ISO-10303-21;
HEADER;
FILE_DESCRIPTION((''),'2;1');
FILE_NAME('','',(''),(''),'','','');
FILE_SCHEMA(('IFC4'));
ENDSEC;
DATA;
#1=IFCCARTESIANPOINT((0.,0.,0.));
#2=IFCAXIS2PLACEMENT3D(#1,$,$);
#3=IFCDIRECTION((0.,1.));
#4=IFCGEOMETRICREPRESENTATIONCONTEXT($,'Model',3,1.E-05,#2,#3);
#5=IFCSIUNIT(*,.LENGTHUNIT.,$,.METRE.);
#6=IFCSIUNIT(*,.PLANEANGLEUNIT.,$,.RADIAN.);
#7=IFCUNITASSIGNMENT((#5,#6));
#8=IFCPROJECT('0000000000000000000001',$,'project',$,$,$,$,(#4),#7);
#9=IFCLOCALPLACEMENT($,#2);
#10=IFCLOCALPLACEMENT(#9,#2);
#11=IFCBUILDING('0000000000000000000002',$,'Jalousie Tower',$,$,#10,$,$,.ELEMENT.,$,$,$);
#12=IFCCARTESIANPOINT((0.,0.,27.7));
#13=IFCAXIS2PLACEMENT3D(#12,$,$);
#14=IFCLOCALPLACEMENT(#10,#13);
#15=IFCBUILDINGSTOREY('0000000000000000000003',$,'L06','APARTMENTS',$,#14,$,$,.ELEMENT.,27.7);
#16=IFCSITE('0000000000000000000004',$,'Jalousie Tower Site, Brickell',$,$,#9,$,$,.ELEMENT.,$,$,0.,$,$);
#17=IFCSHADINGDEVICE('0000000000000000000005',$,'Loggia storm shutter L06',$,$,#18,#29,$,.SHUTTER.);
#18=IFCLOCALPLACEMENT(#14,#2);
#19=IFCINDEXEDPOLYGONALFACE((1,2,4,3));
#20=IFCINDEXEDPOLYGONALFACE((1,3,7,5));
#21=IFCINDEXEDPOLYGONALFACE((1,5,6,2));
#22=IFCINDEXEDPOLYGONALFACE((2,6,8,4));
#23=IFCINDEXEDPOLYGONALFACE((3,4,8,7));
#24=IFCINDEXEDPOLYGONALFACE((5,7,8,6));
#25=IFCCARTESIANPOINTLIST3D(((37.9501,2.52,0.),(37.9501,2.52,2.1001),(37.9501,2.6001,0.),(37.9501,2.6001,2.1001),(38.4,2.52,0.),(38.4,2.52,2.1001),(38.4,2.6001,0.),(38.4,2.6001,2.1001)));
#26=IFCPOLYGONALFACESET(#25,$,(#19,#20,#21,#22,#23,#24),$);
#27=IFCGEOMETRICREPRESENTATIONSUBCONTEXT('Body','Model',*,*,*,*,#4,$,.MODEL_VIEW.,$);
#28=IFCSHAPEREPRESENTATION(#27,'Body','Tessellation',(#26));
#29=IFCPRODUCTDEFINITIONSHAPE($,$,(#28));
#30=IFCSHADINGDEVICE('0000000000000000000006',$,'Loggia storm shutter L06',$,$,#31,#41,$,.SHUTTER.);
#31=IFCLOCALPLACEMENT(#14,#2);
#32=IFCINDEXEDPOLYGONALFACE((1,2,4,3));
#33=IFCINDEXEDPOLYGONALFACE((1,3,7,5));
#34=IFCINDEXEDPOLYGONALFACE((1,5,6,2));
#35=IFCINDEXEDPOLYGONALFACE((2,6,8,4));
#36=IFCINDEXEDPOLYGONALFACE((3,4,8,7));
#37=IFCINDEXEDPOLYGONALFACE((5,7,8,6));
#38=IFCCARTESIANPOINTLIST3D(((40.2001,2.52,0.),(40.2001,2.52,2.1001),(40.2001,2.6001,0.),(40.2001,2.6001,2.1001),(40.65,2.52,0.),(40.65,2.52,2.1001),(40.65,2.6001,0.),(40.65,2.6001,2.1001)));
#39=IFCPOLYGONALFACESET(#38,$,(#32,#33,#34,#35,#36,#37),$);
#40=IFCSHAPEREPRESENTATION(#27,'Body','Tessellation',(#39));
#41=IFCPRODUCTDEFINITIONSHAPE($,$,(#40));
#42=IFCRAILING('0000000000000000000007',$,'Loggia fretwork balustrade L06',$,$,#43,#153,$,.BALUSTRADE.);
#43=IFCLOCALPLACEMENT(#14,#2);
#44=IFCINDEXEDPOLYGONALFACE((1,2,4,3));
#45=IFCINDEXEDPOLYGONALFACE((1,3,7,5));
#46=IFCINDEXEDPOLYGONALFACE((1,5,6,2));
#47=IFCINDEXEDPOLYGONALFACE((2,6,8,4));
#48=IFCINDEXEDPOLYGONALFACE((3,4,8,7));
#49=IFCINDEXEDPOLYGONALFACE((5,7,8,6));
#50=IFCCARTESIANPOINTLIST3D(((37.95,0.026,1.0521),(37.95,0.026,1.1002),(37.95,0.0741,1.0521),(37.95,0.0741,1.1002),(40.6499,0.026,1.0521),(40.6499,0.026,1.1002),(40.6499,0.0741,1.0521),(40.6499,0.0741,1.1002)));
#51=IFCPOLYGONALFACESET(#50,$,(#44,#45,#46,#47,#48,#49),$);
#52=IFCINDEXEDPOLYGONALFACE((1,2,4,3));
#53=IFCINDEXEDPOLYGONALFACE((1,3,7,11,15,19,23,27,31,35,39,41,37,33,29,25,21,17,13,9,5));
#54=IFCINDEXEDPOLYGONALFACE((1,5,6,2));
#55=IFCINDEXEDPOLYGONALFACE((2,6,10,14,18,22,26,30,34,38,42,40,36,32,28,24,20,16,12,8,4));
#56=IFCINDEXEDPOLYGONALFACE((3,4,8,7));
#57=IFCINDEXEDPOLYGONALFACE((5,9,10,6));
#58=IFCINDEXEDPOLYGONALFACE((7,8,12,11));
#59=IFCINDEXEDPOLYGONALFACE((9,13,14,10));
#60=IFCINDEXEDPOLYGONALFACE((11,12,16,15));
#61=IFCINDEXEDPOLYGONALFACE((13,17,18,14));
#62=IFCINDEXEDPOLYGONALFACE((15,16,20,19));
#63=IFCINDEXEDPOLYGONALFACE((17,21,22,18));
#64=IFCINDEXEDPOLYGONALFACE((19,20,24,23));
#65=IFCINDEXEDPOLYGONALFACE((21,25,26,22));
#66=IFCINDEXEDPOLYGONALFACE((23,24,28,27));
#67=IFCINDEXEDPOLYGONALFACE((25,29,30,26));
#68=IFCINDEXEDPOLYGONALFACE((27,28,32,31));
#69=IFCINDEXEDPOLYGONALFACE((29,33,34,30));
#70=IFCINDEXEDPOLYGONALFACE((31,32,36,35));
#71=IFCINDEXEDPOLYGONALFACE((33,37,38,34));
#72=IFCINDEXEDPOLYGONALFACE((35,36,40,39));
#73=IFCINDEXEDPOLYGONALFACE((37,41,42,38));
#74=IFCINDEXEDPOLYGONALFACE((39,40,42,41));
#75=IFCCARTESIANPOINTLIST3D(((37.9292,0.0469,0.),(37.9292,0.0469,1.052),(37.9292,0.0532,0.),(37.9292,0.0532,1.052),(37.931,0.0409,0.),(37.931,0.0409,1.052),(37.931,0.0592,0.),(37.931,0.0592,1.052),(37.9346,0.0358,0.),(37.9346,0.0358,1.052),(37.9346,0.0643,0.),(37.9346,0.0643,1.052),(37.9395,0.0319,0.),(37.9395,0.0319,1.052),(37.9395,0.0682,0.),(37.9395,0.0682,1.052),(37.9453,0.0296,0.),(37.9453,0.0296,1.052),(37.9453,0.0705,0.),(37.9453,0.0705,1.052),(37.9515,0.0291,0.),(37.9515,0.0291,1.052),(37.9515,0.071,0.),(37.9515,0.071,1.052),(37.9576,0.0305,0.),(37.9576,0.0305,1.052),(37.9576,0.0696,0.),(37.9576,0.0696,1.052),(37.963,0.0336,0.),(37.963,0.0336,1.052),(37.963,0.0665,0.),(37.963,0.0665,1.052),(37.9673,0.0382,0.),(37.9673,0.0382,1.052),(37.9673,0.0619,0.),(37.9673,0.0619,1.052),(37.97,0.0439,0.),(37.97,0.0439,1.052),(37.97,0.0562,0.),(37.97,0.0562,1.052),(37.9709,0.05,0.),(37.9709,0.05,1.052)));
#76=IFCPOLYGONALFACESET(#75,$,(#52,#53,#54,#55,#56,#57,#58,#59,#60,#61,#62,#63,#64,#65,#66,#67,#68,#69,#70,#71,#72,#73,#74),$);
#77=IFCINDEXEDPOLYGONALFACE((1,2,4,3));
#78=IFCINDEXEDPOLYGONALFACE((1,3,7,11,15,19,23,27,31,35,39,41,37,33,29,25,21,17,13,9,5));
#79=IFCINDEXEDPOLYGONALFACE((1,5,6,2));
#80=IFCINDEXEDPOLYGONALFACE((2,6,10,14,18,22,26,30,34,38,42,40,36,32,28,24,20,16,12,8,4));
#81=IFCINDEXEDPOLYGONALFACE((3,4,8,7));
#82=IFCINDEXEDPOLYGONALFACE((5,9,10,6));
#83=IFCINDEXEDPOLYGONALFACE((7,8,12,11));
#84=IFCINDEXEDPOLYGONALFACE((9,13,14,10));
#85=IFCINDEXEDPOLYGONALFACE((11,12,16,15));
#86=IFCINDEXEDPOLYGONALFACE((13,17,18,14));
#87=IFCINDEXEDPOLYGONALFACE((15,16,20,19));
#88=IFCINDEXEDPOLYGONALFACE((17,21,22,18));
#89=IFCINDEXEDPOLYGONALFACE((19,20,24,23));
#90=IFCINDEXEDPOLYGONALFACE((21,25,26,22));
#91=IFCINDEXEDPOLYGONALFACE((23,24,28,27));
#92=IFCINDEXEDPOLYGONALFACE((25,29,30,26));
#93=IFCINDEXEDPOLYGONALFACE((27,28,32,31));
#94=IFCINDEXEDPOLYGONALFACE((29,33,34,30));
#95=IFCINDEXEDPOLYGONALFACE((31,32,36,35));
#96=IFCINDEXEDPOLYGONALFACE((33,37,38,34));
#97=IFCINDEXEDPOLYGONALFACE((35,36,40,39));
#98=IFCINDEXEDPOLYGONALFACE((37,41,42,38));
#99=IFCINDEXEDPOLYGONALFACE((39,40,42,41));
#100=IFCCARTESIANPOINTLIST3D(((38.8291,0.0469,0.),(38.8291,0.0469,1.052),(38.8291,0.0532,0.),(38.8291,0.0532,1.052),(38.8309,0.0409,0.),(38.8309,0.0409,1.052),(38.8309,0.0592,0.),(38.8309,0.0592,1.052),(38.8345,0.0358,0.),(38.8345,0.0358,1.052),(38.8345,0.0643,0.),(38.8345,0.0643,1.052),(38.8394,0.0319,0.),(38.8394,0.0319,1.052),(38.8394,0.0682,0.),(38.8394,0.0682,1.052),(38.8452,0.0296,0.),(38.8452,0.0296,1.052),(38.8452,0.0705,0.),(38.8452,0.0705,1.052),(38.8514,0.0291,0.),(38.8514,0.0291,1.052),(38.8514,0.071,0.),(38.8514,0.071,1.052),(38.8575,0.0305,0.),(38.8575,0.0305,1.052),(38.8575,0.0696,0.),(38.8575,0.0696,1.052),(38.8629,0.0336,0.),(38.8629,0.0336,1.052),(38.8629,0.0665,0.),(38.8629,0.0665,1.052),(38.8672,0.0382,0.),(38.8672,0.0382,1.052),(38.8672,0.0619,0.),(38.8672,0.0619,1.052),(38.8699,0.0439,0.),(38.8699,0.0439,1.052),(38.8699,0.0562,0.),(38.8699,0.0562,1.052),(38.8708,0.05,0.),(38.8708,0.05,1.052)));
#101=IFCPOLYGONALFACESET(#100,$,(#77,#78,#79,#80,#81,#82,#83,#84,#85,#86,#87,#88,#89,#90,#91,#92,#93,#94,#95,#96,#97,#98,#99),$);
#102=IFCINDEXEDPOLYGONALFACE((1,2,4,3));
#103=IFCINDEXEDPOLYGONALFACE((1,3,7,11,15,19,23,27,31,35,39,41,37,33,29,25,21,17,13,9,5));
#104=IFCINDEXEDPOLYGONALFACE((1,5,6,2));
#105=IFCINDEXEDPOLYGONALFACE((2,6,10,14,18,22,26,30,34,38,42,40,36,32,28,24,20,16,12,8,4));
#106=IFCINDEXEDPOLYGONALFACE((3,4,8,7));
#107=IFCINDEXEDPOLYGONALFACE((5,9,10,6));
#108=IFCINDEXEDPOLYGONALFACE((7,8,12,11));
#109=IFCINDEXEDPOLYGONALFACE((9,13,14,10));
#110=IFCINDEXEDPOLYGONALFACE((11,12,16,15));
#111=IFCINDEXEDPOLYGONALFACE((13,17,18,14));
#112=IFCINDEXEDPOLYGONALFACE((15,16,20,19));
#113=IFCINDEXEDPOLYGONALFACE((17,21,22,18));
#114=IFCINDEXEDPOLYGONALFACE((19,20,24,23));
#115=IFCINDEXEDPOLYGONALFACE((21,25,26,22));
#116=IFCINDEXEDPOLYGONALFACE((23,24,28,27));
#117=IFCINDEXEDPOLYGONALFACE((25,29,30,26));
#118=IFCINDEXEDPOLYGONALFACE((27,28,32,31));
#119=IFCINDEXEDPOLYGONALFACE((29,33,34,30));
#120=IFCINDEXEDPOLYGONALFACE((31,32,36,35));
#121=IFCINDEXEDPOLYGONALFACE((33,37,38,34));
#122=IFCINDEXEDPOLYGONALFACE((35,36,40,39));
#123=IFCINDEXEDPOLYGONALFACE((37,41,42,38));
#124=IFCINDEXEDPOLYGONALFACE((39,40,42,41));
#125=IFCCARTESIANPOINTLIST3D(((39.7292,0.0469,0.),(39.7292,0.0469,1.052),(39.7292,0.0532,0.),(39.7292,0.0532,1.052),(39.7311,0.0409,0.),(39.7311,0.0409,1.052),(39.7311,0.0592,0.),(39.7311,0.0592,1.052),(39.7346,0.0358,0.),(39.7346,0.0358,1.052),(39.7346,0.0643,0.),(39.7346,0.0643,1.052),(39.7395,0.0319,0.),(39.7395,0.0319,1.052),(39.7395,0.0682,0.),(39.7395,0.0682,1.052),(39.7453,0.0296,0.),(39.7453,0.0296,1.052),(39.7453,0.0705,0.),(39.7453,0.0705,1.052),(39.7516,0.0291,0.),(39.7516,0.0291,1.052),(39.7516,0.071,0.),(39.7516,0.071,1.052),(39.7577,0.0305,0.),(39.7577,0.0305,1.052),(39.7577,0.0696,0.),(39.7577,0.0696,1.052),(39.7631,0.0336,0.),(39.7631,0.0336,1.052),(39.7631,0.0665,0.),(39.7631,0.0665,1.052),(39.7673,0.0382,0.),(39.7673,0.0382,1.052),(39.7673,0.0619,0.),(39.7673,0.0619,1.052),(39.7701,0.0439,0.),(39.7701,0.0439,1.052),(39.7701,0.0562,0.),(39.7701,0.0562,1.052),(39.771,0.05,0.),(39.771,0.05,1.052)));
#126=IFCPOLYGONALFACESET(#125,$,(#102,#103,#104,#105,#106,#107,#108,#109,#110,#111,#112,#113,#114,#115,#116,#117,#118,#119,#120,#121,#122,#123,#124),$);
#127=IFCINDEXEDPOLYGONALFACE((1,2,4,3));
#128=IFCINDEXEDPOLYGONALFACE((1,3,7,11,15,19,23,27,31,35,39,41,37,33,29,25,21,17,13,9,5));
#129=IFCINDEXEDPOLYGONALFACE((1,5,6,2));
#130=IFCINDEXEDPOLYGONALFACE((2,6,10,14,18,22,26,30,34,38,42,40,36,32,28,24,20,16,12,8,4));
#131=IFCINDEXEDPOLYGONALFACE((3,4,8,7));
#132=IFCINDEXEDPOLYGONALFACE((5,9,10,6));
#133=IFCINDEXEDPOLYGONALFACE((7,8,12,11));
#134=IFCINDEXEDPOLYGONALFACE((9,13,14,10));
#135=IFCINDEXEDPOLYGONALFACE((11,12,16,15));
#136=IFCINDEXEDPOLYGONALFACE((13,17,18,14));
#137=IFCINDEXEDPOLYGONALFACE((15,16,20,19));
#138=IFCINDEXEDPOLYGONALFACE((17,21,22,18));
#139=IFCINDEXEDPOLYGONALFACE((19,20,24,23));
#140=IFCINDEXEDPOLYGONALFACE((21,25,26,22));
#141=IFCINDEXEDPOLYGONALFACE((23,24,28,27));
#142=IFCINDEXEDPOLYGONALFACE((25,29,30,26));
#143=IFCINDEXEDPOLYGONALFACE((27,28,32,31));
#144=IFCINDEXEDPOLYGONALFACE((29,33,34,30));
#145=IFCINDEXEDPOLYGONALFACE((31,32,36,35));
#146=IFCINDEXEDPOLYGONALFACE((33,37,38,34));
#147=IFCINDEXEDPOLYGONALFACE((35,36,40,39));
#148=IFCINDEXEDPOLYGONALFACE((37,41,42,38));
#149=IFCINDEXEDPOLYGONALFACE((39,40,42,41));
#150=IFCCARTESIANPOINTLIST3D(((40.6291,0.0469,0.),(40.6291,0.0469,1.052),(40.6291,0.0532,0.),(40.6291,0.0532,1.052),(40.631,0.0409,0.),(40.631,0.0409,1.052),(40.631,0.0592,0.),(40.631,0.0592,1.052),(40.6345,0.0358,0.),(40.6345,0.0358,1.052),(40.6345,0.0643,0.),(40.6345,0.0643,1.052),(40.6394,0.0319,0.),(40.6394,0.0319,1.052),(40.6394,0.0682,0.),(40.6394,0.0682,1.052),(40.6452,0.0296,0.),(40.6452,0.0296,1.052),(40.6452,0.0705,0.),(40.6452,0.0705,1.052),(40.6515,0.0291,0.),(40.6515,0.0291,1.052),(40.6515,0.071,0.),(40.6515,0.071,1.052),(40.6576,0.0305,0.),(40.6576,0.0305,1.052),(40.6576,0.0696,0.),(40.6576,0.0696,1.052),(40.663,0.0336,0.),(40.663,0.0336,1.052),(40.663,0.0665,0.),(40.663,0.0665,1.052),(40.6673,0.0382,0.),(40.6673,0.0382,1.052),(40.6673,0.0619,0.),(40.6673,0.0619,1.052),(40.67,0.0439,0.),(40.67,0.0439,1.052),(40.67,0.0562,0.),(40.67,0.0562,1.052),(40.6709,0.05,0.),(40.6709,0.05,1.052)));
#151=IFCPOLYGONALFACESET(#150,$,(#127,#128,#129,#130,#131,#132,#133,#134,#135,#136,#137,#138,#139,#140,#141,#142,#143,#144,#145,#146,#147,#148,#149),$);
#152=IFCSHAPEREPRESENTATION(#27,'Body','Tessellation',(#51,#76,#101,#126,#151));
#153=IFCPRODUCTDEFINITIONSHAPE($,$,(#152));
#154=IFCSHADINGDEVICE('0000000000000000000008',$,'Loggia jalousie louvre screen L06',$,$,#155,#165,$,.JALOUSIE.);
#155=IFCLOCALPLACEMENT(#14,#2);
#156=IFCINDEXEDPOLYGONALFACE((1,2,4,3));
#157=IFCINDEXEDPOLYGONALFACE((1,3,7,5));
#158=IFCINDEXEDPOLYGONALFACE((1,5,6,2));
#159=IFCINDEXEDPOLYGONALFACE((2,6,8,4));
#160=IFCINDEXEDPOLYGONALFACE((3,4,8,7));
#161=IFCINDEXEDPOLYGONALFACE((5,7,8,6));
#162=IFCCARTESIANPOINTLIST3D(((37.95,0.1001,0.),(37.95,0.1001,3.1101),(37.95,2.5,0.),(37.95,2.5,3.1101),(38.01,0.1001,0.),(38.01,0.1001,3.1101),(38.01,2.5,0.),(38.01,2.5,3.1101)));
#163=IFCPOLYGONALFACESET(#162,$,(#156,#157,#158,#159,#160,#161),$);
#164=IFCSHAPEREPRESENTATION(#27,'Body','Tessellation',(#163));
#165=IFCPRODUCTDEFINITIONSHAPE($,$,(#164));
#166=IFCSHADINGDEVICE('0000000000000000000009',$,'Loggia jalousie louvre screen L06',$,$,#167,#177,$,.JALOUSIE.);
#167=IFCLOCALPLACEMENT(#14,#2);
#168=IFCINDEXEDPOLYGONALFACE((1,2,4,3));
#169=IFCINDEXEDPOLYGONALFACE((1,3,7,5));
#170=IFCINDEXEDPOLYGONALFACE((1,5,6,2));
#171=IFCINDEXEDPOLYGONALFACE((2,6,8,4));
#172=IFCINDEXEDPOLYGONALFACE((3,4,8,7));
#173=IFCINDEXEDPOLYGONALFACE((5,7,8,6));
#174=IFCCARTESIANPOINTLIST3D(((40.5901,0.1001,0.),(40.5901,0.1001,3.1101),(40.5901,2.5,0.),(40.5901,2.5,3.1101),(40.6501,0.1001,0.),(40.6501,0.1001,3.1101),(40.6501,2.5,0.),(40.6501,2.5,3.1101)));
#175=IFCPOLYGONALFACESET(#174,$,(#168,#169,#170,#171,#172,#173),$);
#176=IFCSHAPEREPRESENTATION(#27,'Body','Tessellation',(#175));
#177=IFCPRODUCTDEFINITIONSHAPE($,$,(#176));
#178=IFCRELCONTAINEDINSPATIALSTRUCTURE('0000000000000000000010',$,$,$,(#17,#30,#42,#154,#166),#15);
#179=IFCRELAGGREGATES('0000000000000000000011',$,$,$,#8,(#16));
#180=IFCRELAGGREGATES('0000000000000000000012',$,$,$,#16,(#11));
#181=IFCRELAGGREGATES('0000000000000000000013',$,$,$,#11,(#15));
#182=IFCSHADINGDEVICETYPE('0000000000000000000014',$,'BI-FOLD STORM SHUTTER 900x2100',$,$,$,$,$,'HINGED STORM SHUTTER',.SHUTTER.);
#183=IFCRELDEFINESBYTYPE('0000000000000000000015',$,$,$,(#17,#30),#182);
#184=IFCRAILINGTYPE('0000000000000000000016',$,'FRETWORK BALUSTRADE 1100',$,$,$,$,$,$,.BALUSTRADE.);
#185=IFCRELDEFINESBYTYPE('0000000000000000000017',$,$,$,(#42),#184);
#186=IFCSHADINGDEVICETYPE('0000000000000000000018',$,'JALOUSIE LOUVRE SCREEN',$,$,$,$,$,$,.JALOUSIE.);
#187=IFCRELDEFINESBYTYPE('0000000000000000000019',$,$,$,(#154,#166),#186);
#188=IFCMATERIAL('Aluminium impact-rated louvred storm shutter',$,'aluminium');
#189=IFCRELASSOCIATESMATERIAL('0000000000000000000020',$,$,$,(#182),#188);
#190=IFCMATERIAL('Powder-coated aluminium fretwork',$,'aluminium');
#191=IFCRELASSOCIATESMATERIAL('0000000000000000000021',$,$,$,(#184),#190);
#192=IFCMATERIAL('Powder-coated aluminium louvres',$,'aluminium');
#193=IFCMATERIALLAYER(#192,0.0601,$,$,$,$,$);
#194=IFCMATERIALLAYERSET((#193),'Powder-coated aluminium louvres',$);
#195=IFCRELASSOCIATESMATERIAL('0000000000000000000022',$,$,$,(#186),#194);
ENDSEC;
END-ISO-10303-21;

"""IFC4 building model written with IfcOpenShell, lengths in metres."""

from ifc_helpers import new_model, si_unit, direction, frame, origin, origin_2d, place, context, subcontext, project, spatial, rectangle, circle, extrude, material, layer, layer_set, type_object, element, save


model = new_model("IFC4")

# Units and contexts
model_context = context("Model", 3, precision=1e-05, world=origin(), true_north=direction((0.0, 1.0)))
body_context = subcontext(model_context, "Body", "Model", "MODEL_VIEW")
ifc_project = project(units=[si_unit("LENGTHUNIT", "METRE"), si_unit("PLANEANGLEUNIT", "RADIAN")], contexts=[model_context])

# Site, building, storey
site_placement = place(None, origin())
site = spatial("IfcSite", under=ifc_project, at=site_placement, Name="Jalousie Tower Site, Brickell", CompositionType="ELEMENT", RefElevation=0.0)
building_placement = place(site_placement, origin())
building = spatial("IfcBuilding", under=site, at=building_placement, Name="Jalousie Tower", CompositionType="ELEMENT")
storey_placement = place(building_placement, frame((0.0, 0.0, 27.7)))
storey = spatial("IfcBuildingStorey", under=building, at=storey_placement, Name="L06", Description="APARTMENTS", CompositionType="ELEMENT", Elevation=27.7)

# Shading devices
ifc_material_1 = material(Name="Aluminium impact-rated louvred storm shutter", Category="aluminium")
shading_device_type_1 = type_object("IfcShadingDeviceType", Name="BI-FOLD STORM SHUTTER 900x2100", ElementType="HINGED STORM SHUTTER", PredefinedType="SHUTTER", material=ifc_material_1)
for number, where, z_axis, x_axis, name in (
    (1, (38.175, 2.5601, 0.0), (0.0, 0.0, 1.0), (1.0, 0.0, 0.0), "Loggia storm shutter L06"),
    (2, (40.425, 2.5601, 0.0), (0.0, 0.0, 1.0), (1.0, 0.0, 0.0), "Loggia storm shutter L06"),
):
    element("IfcShadingDevice", number, at=place(storey_placement, frame(where, z_axis=z_axis, x_axis=x_axis)), inside=storey, type_object=shading_device_type_1, Name=name, PredefinedType="SHUTTER", context=body_context, shape_type="SweptSolid", body=[
        extrude(rectangle(XDim=0.45, YDim=0.0801, at=origin_2d()), origin(), (0.0, 0.0, 1.0), 2.1001),
    ])

# Railing
ifc_material_2 = material(Name="Powder-coated aluminium fretwork", Category="aluminium")
railing_type = type_object("IfcRailingType", Name="FRETWORK BALUSTRADE 1100", PredefinedType="BALUSTRADE", material=ifc_material_2)
railing_placement = place(storey_placement, frame((37.95, 0.05, 0.0)))
element("IfcRailing", 3, at=railing_placement, inside=storey, type_object=railing_type, Name="Loggia fretwork balustrade L06", PredefinedType="BALUSTRADE", context=body_context, shape_type="SweptSolid", body=[
    extrude(rectangle(XDim=0.0481, YDim=0.0481, at=origin_2d()), frame((0.0, 0.0, 1.0762), z_axis=(1.0, 0.0, 0.0), x_axis=(0.0, 1.0, 0.0)), (0.0, 0.0, 1.0), 2.7),
    extrude(circle(Radius=0.021, at=origin_2d()), origin(), (0.0, 0.0, 1.0), 1.052),
    extrude(circle(Radius=0.021, at=origin_2d()), frame((0.8999, 0.0, 0.0)), (0.0, 0.0, 1.0), 1.052),
    extrude(circle(Radius=0.021, at=origin_2d()), frame((1.8, 0.0, 0.0)), (0.0, 0.0, 1.0), 1.052),
    extrude(circle(Radius=0.021, at=origin_2d()), frame((2.7, 0.0, 0.0)), (0.0, 0.0, 1.0), 1.052),
])

# Shading devices
ifc_material_3 = material(Name="Powder-coated aluminium louvres", Category="aluminium")
ifc_layer_1 = layer(ifc_material_3, 0.0601)
ifc_layer_set_1 = layer_set([ifc_layer_1], Name="Powder-coated aluminium louvres")
shading_device_type_2 = type_object("IfcShadingDeviceType", Name="JALOUSIE LOUVRE SCREEN", PredefinedType="JALOUSIE", material=ifc_layer_set_1)
for number, where, z_axis, x_axis, name in (
    (4, (37.98, 1.3, 0.0), (0.0, 0.0, 1.0), (1.0, 0.0, 0.0), "Loggia jalousie louvre screen L06"),
    (5, (40.6201, 1.3, 0.0), (0.0, 0.0, 1.0), (1.0, 0.0, 0.0), "Loggia jalousie louvre screen L06"),
):
    element("IfcShadingDevice", number, at=place(storey_placement, frame(where, z_axis=z_axis, x_axis=x_axis)), inside=storey, type_object=shading_device_type_2, Name=name, PredefinedType="JALOUSIE", context=body_context, shape_type="SweptSolid", body=[
        extrude(rectangle(XDim=0.0601, YDim=2.3999, at=origin_2d()), origin(), (0.0, 0.0, 1.0), 3.1101),
    ])

save(model, "model.ifc")
